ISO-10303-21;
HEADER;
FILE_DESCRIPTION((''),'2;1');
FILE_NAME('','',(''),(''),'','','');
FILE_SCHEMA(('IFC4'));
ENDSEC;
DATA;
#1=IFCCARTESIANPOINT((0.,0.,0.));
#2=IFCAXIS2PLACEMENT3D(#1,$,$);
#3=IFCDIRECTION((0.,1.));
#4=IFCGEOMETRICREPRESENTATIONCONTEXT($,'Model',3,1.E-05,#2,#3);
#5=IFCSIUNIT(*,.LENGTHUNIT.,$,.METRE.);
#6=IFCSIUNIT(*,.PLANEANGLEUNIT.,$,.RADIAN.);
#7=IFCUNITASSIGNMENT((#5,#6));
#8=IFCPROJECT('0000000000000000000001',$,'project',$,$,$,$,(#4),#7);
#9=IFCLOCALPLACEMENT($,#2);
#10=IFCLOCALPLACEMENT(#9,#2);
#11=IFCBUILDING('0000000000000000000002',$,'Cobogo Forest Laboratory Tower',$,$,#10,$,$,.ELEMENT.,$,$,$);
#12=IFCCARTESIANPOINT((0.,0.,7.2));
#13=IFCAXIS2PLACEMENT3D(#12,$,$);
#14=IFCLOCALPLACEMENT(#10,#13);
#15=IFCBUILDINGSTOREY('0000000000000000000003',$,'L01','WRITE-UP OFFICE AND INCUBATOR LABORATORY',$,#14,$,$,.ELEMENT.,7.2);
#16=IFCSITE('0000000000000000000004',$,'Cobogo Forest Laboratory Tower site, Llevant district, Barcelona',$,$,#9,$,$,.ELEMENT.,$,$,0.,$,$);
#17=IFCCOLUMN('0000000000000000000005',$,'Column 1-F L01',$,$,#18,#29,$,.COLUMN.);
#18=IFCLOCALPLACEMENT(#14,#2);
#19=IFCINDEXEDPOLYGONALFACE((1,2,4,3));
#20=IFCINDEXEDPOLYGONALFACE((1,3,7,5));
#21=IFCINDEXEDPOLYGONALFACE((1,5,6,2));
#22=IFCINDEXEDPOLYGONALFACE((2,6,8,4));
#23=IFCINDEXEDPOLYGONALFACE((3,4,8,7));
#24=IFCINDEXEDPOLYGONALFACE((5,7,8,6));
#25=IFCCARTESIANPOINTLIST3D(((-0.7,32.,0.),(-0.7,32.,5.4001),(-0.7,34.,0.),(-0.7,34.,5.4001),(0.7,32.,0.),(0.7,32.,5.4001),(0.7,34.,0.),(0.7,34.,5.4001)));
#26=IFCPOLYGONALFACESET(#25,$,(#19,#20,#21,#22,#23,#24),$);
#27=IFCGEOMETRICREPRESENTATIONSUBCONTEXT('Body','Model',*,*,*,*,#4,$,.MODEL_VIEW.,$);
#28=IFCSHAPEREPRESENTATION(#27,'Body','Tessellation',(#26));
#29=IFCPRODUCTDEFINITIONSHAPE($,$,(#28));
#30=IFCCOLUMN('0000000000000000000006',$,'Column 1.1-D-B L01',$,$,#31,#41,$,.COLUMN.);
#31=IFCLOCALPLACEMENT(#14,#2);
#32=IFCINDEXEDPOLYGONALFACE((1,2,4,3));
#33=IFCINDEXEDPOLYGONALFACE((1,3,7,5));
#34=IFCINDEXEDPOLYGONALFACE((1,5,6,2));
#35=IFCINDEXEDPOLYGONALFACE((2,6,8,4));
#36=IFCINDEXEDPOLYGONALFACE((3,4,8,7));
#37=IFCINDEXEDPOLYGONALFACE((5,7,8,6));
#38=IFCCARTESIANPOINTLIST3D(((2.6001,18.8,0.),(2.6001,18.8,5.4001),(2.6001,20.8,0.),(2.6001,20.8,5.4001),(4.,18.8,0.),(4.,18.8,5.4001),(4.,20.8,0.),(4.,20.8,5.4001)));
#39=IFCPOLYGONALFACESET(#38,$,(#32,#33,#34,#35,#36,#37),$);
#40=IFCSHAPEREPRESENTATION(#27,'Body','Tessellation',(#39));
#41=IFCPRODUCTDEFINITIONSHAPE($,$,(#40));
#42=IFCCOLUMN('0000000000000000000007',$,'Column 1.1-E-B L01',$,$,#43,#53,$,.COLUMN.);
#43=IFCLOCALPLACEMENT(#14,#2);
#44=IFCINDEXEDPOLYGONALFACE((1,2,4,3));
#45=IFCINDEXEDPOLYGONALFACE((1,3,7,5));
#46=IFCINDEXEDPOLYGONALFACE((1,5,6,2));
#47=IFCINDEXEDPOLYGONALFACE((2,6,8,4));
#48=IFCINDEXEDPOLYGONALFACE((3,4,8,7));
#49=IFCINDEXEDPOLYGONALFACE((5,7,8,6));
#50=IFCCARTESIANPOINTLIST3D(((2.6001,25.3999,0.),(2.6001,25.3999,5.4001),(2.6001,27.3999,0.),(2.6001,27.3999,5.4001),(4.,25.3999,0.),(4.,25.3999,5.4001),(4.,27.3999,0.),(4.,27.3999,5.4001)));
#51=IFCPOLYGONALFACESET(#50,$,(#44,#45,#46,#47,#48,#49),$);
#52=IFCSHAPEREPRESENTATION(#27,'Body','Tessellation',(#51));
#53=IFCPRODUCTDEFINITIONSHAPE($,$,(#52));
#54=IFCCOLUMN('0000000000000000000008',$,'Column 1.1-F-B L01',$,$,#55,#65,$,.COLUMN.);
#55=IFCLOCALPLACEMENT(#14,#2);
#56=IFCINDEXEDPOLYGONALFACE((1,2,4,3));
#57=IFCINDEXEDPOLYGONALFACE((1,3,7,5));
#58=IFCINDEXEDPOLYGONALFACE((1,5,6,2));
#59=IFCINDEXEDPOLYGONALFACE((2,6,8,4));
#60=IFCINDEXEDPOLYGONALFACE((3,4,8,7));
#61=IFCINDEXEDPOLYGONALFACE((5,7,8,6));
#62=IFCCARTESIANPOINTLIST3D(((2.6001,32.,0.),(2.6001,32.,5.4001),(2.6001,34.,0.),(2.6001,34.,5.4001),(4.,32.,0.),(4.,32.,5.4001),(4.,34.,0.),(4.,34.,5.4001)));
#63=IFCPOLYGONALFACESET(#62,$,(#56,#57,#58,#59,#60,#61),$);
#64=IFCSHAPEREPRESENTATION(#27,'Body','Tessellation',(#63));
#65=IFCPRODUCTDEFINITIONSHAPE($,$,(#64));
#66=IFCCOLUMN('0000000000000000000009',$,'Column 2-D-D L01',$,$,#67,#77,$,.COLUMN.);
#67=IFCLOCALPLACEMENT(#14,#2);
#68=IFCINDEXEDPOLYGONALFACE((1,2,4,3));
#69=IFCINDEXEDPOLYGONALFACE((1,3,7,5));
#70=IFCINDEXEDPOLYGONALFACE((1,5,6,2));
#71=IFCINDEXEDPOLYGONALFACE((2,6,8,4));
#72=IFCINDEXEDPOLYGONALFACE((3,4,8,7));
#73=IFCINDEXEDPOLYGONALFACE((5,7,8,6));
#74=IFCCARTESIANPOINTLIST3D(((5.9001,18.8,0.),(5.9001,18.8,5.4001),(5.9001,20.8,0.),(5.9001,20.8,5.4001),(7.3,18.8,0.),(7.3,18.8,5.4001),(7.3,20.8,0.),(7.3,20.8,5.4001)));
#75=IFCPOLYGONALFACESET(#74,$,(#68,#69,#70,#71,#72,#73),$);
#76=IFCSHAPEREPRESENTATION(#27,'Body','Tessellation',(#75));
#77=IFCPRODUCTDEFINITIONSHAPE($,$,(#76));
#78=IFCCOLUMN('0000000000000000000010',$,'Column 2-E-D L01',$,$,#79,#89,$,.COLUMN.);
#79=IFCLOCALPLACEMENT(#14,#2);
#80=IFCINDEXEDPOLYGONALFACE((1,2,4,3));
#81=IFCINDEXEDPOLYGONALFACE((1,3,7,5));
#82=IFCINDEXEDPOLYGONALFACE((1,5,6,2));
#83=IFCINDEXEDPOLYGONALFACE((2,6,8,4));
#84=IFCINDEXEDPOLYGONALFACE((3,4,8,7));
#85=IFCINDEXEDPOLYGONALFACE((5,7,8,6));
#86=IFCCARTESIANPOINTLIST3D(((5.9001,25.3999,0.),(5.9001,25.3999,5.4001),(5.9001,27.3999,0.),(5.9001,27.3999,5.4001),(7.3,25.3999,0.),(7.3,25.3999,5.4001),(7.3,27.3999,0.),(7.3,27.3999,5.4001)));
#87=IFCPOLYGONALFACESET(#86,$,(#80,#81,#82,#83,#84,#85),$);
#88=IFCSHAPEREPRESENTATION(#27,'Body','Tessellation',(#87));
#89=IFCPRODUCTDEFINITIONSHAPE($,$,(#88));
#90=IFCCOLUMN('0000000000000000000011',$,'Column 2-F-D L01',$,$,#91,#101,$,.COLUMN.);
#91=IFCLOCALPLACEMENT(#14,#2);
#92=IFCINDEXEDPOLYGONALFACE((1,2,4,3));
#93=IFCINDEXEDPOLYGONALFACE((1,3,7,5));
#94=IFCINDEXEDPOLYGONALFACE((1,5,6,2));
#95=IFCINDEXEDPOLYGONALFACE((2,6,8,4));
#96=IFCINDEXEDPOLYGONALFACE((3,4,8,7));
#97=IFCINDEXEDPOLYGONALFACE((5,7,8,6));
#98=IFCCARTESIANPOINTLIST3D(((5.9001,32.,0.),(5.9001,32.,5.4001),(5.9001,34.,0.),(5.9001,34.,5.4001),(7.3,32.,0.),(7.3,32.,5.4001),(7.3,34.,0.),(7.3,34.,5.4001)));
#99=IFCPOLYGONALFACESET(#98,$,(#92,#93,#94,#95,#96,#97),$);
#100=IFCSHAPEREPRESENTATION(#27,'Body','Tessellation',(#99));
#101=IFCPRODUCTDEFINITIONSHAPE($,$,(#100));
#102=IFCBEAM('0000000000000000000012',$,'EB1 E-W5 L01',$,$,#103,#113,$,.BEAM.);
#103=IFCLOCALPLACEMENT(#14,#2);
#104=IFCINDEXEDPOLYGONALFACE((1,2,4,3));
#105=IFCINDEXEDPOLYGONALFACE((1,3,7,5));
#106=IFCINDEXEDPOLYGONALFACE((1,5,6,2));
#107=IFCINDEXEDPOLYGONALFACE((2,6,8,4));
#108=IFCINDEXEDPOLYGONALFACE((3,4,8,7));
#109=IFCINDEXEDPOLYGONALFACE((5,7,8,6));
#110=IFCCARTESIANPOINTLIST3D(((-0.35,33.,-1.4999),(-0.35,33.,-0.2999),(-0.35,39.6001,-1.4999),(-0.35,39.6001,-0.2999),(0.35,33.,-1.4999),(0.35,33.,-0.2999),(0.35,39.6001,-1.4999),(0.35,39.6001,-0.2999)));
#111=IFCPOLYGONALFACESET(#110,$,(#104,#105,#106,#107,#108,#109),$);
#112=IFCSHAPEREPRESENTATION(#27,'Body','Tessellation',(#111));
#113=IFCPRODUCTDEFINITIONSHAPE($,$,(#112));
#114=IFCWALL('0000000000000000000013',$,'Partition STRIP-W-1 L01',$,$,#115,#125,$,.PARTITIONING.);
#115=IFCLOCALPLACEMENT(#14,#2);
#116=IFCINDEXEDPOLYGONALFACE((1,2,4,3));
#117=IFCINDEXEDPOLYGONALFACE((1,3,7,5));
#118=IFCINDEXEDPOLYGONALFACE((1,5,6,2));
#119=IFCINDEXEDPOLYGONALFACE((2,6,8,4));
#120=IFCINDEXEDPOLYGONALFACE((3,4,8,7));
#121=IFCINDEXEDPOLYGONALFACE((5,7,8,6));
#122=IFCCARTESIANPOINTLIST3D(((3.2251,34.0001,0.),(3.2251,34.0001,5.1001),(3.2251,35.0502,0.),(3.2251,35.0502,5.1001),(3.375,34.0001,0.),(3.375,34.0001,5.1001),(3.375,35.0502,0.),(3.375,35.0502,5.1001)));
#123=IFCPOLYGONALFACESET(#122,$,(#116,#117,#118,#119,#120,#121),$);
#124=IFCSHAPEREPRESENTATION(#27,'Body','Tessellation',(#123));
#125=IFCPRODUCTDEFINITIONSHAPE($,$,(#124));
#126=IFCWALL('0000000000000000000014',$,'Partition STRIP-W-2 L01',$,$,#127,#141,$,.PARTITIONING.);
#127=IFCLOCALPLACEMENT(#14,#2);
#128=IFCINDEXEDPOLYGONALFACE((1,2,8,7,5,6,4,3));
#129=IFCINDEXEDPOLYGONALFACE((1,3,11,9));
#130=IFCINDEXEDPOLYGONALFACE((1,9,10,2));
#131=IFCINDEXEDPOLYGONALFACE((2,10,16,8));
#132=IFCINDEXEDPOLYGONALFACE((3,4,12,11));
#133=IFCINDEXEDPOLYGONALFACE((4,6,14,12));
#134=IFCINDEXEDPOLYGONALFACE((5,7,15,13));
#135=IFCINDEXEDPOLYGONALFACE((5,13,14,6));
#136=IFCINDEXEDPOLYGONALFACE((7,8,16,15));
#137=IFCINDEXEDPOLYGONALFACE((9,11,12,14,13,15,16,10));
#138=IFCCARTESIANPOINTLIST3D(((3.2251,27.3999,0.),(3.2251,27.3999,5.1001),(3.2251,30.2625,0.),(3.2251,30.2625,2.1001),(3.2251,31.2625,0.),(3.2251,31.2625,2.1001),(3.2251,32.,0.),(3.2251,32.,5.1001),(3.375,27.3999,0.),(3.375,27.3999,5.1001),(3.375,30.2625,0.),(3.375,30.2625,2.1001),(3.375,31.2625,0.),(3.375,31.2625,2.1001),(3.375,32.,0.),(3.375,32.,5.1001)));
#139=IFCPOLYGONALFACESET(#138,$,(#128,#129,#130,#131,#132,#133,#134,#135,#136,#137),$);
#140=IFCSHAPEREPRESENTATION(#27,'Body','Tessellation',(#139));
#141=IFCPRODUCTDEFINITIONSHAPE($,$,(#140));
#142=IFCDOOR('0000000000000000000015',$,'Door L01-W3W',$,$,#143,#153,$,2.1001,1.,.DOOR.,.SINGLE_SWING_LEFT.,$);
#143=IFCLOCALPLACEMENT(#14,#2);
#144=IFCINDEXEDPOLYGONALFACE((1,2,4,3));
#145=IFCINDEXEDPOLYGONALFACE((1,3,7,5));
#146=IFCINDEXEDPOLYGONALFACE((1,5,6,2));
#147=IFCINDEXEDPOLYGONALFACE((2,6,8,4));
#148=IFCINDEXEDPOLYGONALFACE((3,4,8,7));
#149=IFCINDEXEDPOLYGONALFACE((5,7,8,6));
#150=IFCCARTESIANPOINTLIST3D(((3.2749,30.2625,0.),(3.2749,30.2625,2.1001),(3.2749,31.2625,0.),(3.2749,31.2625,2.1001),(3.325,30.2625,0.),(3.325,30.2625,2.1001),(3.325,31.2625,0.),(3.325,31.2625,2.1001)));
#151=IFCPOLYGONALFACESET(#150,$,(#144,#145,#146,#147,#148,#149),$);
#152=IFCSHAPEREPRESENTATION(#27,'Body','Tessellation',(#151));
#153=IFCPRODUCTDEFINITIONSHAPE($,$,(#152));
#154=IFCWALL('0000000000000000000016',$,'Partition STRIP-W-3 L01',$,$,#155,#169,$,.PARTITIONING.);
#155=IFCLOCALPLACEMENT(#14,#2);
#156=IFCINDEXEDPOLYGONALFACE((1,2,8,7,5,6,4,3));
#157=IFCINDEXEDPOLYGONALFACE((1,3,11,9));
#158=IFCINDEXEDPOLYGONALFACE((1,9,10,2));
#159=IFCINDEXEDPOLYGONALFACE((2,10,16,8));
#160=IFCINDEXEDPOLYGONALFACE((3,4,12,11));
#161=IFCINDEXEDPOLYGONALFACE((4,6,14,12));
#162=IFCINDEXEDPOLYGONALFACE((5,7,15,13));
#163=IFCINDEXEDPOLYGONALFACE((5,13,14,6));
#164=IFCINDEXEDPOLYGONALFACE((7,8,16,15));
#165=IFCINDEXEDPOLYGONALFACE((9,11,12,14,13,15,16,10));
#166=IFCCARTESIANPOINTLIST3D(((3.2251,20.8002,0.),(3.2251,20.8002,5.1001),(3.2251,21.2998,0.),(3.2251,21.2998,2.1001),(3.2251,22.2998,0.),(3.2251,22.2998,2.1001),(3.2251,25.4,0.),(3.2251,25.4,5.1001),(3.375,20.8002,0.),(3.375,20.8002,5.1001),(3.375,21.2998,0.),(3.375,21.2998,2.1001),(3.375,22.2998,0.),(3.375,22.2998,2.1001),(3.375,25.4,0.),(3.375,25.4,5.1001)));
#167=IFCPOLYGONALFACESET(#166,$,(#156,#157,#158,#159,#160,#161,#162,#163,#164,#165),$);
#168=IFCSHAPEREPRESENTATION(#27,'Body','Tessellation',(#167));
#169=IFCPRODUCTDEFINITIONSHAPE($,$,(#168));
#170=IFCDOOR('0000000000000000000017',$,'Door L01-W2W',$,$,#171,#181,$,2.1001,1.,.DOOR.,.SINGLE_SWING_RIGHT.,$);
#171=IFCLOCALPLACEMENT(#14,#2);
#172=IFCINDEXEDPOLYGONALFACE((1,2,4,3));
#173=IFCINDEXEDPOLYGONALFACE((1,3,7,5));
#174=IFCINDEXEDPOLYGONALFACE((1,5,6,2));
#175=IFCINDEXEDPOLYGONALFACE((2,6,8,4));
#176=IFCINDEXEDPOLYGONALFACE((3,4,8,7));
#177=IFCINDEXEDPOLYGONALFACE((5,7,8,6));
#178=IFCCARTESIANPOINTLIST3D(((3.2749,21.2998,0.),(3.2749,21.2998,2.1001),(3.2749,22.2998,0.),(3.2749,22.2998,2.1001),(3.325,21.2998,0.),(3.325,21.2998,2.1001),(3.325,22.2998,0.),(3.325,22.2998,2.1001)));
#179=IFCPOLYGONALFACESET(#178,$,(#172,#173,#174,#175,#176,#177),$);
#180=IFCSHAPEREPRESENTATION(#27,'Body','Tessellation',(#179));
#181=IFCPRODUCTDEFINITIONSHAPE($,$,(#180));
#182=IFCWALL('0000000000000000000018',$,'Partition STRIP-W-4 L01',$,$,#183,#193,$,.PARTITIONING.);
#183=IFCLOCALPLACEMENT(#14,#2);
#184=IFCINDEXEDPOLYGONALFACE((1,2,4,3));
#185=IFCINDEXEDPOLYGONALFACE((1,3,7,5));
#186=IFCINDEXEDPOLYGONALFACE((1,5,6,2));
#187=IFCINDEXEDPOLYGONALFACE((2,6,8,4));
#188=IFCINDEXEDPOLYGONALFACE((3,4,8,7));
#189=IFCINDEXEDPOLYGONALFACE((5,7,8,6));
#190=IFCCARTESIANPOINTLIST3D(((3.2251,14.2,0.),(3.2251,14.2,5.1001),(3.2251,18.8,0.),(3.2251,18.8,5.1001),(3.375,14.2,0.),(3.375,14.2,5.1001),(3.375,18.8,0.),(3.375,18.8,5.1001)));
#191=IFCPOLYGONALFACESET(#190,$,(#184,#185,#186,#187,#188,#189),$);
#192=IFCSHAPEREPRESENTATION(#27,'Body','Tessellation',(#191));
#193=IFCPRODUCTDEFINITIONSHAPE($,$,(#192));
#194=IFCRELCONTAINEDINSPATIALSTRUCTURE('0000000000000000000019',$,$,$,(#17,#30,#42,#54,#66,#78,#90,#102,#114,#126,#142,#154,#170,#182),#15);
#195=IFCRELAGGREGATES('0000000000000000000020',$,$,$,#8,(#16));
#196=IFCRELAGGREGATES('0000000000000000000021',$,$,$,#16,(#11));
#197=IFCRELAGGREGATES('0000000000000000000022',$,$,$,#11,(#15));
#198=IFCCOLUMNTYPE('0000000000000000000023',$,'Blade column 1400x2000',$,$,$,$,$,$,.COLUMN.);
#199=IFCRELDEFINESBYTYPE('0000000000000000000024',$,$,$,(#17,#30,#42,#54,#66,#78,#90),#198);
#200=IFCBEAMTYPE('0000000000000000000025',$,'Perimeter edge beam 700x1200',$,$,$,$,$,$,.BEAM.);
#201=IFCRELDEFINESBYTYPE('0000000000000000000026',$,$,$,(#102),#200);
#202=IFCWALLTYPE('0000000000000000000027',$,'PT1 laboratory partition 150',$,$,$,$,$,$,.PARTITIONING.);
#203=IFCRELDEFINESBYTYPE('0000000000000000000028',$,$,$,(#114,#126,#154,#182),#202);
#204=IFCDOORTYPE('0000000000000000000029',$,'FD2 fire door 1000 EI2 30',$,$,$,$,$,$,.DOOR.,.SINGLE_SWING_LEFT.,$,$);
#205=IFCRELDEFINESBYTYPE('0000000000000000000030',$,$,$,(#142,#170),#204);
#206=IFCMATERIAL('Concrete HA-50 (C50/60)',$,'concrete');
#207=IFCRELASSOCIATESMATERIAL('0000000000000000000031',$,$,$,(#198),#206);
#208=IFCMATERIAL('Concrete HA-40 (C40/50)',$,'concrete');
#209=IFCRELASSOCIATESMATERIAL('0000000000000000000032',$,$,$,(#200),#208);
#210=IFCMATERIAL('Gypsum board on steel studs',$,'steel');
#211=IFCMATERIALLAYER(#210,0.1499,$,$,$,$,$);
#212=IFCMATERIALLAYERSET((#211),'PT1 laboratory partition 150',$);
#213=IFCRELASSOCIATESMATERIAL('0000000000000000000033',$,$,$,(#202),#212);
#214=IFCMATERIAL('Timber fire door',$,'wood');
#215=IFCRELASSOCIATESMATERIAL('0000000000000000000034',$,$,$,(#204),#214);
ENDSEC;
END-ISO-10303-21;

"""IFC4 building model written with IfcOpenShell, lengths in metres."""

from ifc_helpers import new_model, si_unit, direction, frame, frame_2d, origin, origin_2d, place, context, subcontext, project, spatial, rectangle, extrude, material, layer, layer_set, material_profile, profile_set, type_object, element, fill, save


model = new_model("IFC4")

# Units and contexts
model_context = context("Model", 3, precision=1e-05, world=origin(), true_north=direction((0.0, 1.0)))
body_context = subcontext(model_context, "Body", "Model", "MODEL_VIEW")
ifc_project = project(units=[si_unit("LENGTHUNIT", "METRE"), si_unit("PLANEANGLEUNIT", "RADIAN")], contexts=[model_context])

# Site, building, storey
site_placement = place(None, origin())
site = spatial("IfcSite", under=ifc_project, at=site_placement, Name="Cobogo Forest Laboratory Tower site, Llevant district, Barcelona", CompositionType="ELEMENT", RefElevation=0.0)
building_placement = place(site_placement, origin())
building = spatial("IfcBuilding", under=site, at=building_placement, Name="Cobogo Forest Laboratory Tower", CompositionType="ELEMENT")
storey_placement = place(building_placement, frame((0.0, 0.0, 7.2)))
storey = spatial("IfcBuildingStorey", under=building, at=storey_placement, Name="L01", Description="WRITE-UP OFFICE AND INCUBATOR LABORATORY", CompositionType="ELEMENT", Elevation=7.2)

# Columns
ifc_material_1 = material(Name="Concrete HA-50 (C50/60)", Category="concrete")
ifc_material_profile_1 = material_profile(ifc_material_1, rectangle(XDim=2.0, YDim=1.3999, at=origin_2d()), Name="RC 1400x2000")
ifc_profile_set_1 = profile_set([ifc_material_profile_1], Name="Concrete HA-50 (C50/60)")
column_type = type_object("IfcColumnType", Name="Blade column 1400x2000", PredefinedType="COLUMN", material=ifc_profile_set_1)
for number, where, z_axis, x_axis, name in (
    (1, (0.0, 33.0, 0.0), (0.0, 0.0, 1.0), (0.0, 1.0, 0.0), "Column 1-F L01"),
    (2, (3.3, 19.8, 0.0), (0.0, 0.0, 1.0), (0.0, 1.0, 0.0), "Column 1.1-D-B L01"),
    (3, (3.3, 26.3999, 0.0), (0.0, 0.0, 1.0), (0.0, 1.0, 0.0), "Column 1.1-E-B L01"),
    (4, (3.3, 33.0, 0.0), (0.0, 0.0, 1.0), (0.0, 1.0, 0.0), "Column 1.1-F-B L01"),
    (5, (6.6001, 19.8, 0.0), (0.0, 0.0, 1.0), (0.0, 1.0, 0.0), "Column 2-D-D L01"),
    (6, (6.6001, 26.3999, 0.0), (0.0, 0.0, 1.0), (0.0, 1.0, 0.0), "Column 2-E-D L01"),
    (7, (6.6001, 33.0, 0.0), (0.0, 0.0, 1.0), (0.0, 1.0, 0.0), "Column 2-F-D L01"),
):
    element("IfcColumn", number, at=place(storey_placement, frame(where, z_axis=z_axis, x_axis=x_axis)), inside=storey, type_object=column_type, Name=name, PredefinedType="COLUMN", context=body_context, shape_type="SweptSolid", body=[
        extrude(rectangle(XDim=2.0, YDim=1.3999, at=origin_2d()), origin(), (0.0, 0.0, 1.0), 5.4001),
    ])

# Beam
ifc_material_2 = material(Name="Concrete HA-40 (C40/50)", Category="concrete")
ifc_material_profile_2 = material_profile(ifc_material_2, rectangle(XDim=0.7, YDim=1.2, at=origin_2d()), Name="RC 700x1200")
ifc_profile_set_2 = profile_set([ifc_material_profile_2], Name="Concrete HA-40 (C40/50)")
beam_type = type_object("IfcBeamType", Name="Perimeter edge beam 700x1200", PredefinedType="BEAM", material=ifc_profile_set_2)
beam_placement = place(storey_placement, frame((0.0, 33.0, -0.8999), z_axis=(0.0, 1.0, 0.0), x_axis=(-1.0, 0.0, 0.0)))
element("IfcBeam", 8, at=beam_placement, inside=storey, type_object=beam_type, Name="EB1 E-W5 L01", PredefinedType="BEAM", context=body_context, shape_type="SweptSolid", body=[
    extrude(rectangle(XDim=0.7, YDim=1.2, at=origin_2d()), origin(), (0.0, 0.0, 1.0), 6.6001),
])

# Wall
ifc_material_3 = material(Name="Gypsum board on steel studs", Category="steel")
ifc_layer_1 = layer(ifc_material_3, 0.1499)
ifc_layer_set_1 = layer_set([ifc_layer_1], Name="PT1 laboratory partition 150")
wall_type_1 = type_object("IfcWallType", Name="PT1 laboratory partition 150", PredefinedType="PARTITIONING", material=ifc_layer_set_1)
wall_1_placement = place(storey_placement, frame((3.3, 35.05, 0.0), z_axis=(0.0, 0.0, 1.0), x_axis=(0.0, -1.0, 0.0)))
element("IfcWall", 9, at=wall_1_placement, inside=storey, type_object=wall_type_1, Name="Partition STRIP-W-1 L01", PredefinedType="PARTITIONING", context=body_context, shape_type="SweptSolid", body=[
    extrude(rectangle(XDim=1.05, YDim=0.1499, at=frame_2d((0.5249, 0.0))), origin(), (0.0, 0.0, 1.0), 5.1001),
])

# Walls, openings, doors
wall_2_placement = place(storey_placement, frame((3.3, 32.0, 0.0), z_axis=(0.0, 0.0, 1.0), x_axis=(0.0, -1.0, 0.0)))
wall_2 = element("IfcWall", 10, at=wall_2_placement, inside=storey, type_object=wall_type_1, Name="Partition STRIP-W-2 L01", PredefinedType="PARTITIONING", context=body_context, shape_type="SweptSolid", body=[
    extrude(rectangle(XDim=4.6001, YDim=0.1499, at=frame_2d((2.3, 0.0))), origin(), (0.0, 0.0, 1.0), 5.1001),
])
opening_1_placement = place(wall_2_placement, frame((0.7375, 0.0, 0.0)))
opening_1 = element("IfcOpeningElement", 11, at=opening_1_placement, cuts=wall_2, PredefinedType="OPENING", context=body_context, shape_type="SweptSolid", body=[
    extrude(rectangle(XDim=1.0, YDim=2.1001, at=frame_2d((0.5, 1.05))), frame((0.0, 0.085, 0.0), z_axis=(0.0, -1.0, 0.0), x_axis=(1.0, 0.0, 0.0)), (0.0, 0.0, 1.0), 0.1699),
])
ifc_material_4 = material(Name="Timber fire door", Category="wood")
door_type_1 = type_object("IfcDoorType", Name="FD2 fire door 1000 EI2 30", OperationType="SINGLE_SWING_LEFT", PredefinedType="DOOR", material=ifc_material_4)
door_1_placement = place(opening_1_placement, origin())
door_1 = element("IfcDoor", 12, at=door_1_placement, inside=storey, type_object=door_type_1, Name="Door L01-W3W", OperationType="SINGLE_SWING_LEFT", OverallHeight=2.1001, OverallWidth=1.0, PredefinedType="DOOR", context=body_context, shape_type="SweptSolid", body=[
    extrude(rectangle(XDim=1.0, YDim=2.1001, at=frame_2d((0.5, 1.05))), frame((0.0, 0.0249, 0.0), z_axis=(0.0, -1.0, 0.0), x_axis=(1.0, 0.0, 0.0)), (0.0, 0.0, 1.0), 0.05),
])
fill(opening_1, door_1)
wall_3_placement = place(storey_placement, frame((3.3, 25.3999, 0.0), z_axis=(0.0, 0.0, 1.0), x_axis=(0.0, -1.0, 0.0)))
wall_3 = element("IfcWall", 13, at=wall_3_placement, inside=storey, type_object=wall_type_1, Name="Partition STRIP-W-3 L01", PredefinedType="PARTITIONING", context=body_context, shape_type="SweptSolid", body=[
    extrude(rectangle(XDim=4.5999, YDim=0.1499, at=frame_2d((2.2998, 0.0))), origin(), (0.0, 0.0, 1.0), 5.1001),
])
opening_2_placement = place(wall_3_placement, frame((3.1001, 0.0, 0.0)))
opening_2 = element("IfcOpeningElement", 14, at=opening_2_placement, cuts=wall_3, PredefinedType="OPENING", context=body_context, shape_type="SweptSolid", body=[
    extrude(rectangle(XDim=1.0, YDim=2.1001, at=frame_2d((0.5, 1.05))), frame((0.0, 0.085, 0.0), z_axis=(0.0, -1.0, 0.0), x_axis=(1.0, 0.0, 0.0)), (0.0, 0.0, 1.0), 0.1699),
])
door_2_placement = place(opening_2_placement, origin())
door_2 = element("IfcDoor", 15, at=door_2_placement, inside=storey, type_object=door_type_1, Name="Door L01-W2W", OperationType="SINGLE_SWING_RIGHT", OverallHeight=2.1001, OverallWidth=1.0, PredefinedType="DOOR", context=body_context, shape_type="SweptSolid", body=[
    extrude(rectangle(XDim=1.0, YDim=2.1001, at=frame_2d((0.5, 1.05))), frame((0.0, 0.0249, 0.0), z_axis=(0.0, -1.0, 0.0), x_axis=(1.0, 0.0, 0.0)), (0.0, 0.0, 1.0), 0.05),
])
fill(opening_2, door_2)

# Wall
wall_4_placement = place(storey_placement, frame((3.3, 18.8, 0.0), z_axis=(0.0, 0.0, 1.0), x_axis=(0.0, -1.0, 0.0)))
element("IfcWall", 16, at=wall_4_placement, inside=storey, type_object=wall_type_1, Name="Partition STRIP-W-4 L01", PredefinedType="PARTITIONING", context=body_context, shape_type="SweptSolid", body=[
    extrude(rectangle(XDim=4.6001, YDim=0.1499, at=frame_2d((2.3, 0.0))), origin(), (0.0, 0.0, 1.0), 5.1001),
])

save(model, "model.ifc")
